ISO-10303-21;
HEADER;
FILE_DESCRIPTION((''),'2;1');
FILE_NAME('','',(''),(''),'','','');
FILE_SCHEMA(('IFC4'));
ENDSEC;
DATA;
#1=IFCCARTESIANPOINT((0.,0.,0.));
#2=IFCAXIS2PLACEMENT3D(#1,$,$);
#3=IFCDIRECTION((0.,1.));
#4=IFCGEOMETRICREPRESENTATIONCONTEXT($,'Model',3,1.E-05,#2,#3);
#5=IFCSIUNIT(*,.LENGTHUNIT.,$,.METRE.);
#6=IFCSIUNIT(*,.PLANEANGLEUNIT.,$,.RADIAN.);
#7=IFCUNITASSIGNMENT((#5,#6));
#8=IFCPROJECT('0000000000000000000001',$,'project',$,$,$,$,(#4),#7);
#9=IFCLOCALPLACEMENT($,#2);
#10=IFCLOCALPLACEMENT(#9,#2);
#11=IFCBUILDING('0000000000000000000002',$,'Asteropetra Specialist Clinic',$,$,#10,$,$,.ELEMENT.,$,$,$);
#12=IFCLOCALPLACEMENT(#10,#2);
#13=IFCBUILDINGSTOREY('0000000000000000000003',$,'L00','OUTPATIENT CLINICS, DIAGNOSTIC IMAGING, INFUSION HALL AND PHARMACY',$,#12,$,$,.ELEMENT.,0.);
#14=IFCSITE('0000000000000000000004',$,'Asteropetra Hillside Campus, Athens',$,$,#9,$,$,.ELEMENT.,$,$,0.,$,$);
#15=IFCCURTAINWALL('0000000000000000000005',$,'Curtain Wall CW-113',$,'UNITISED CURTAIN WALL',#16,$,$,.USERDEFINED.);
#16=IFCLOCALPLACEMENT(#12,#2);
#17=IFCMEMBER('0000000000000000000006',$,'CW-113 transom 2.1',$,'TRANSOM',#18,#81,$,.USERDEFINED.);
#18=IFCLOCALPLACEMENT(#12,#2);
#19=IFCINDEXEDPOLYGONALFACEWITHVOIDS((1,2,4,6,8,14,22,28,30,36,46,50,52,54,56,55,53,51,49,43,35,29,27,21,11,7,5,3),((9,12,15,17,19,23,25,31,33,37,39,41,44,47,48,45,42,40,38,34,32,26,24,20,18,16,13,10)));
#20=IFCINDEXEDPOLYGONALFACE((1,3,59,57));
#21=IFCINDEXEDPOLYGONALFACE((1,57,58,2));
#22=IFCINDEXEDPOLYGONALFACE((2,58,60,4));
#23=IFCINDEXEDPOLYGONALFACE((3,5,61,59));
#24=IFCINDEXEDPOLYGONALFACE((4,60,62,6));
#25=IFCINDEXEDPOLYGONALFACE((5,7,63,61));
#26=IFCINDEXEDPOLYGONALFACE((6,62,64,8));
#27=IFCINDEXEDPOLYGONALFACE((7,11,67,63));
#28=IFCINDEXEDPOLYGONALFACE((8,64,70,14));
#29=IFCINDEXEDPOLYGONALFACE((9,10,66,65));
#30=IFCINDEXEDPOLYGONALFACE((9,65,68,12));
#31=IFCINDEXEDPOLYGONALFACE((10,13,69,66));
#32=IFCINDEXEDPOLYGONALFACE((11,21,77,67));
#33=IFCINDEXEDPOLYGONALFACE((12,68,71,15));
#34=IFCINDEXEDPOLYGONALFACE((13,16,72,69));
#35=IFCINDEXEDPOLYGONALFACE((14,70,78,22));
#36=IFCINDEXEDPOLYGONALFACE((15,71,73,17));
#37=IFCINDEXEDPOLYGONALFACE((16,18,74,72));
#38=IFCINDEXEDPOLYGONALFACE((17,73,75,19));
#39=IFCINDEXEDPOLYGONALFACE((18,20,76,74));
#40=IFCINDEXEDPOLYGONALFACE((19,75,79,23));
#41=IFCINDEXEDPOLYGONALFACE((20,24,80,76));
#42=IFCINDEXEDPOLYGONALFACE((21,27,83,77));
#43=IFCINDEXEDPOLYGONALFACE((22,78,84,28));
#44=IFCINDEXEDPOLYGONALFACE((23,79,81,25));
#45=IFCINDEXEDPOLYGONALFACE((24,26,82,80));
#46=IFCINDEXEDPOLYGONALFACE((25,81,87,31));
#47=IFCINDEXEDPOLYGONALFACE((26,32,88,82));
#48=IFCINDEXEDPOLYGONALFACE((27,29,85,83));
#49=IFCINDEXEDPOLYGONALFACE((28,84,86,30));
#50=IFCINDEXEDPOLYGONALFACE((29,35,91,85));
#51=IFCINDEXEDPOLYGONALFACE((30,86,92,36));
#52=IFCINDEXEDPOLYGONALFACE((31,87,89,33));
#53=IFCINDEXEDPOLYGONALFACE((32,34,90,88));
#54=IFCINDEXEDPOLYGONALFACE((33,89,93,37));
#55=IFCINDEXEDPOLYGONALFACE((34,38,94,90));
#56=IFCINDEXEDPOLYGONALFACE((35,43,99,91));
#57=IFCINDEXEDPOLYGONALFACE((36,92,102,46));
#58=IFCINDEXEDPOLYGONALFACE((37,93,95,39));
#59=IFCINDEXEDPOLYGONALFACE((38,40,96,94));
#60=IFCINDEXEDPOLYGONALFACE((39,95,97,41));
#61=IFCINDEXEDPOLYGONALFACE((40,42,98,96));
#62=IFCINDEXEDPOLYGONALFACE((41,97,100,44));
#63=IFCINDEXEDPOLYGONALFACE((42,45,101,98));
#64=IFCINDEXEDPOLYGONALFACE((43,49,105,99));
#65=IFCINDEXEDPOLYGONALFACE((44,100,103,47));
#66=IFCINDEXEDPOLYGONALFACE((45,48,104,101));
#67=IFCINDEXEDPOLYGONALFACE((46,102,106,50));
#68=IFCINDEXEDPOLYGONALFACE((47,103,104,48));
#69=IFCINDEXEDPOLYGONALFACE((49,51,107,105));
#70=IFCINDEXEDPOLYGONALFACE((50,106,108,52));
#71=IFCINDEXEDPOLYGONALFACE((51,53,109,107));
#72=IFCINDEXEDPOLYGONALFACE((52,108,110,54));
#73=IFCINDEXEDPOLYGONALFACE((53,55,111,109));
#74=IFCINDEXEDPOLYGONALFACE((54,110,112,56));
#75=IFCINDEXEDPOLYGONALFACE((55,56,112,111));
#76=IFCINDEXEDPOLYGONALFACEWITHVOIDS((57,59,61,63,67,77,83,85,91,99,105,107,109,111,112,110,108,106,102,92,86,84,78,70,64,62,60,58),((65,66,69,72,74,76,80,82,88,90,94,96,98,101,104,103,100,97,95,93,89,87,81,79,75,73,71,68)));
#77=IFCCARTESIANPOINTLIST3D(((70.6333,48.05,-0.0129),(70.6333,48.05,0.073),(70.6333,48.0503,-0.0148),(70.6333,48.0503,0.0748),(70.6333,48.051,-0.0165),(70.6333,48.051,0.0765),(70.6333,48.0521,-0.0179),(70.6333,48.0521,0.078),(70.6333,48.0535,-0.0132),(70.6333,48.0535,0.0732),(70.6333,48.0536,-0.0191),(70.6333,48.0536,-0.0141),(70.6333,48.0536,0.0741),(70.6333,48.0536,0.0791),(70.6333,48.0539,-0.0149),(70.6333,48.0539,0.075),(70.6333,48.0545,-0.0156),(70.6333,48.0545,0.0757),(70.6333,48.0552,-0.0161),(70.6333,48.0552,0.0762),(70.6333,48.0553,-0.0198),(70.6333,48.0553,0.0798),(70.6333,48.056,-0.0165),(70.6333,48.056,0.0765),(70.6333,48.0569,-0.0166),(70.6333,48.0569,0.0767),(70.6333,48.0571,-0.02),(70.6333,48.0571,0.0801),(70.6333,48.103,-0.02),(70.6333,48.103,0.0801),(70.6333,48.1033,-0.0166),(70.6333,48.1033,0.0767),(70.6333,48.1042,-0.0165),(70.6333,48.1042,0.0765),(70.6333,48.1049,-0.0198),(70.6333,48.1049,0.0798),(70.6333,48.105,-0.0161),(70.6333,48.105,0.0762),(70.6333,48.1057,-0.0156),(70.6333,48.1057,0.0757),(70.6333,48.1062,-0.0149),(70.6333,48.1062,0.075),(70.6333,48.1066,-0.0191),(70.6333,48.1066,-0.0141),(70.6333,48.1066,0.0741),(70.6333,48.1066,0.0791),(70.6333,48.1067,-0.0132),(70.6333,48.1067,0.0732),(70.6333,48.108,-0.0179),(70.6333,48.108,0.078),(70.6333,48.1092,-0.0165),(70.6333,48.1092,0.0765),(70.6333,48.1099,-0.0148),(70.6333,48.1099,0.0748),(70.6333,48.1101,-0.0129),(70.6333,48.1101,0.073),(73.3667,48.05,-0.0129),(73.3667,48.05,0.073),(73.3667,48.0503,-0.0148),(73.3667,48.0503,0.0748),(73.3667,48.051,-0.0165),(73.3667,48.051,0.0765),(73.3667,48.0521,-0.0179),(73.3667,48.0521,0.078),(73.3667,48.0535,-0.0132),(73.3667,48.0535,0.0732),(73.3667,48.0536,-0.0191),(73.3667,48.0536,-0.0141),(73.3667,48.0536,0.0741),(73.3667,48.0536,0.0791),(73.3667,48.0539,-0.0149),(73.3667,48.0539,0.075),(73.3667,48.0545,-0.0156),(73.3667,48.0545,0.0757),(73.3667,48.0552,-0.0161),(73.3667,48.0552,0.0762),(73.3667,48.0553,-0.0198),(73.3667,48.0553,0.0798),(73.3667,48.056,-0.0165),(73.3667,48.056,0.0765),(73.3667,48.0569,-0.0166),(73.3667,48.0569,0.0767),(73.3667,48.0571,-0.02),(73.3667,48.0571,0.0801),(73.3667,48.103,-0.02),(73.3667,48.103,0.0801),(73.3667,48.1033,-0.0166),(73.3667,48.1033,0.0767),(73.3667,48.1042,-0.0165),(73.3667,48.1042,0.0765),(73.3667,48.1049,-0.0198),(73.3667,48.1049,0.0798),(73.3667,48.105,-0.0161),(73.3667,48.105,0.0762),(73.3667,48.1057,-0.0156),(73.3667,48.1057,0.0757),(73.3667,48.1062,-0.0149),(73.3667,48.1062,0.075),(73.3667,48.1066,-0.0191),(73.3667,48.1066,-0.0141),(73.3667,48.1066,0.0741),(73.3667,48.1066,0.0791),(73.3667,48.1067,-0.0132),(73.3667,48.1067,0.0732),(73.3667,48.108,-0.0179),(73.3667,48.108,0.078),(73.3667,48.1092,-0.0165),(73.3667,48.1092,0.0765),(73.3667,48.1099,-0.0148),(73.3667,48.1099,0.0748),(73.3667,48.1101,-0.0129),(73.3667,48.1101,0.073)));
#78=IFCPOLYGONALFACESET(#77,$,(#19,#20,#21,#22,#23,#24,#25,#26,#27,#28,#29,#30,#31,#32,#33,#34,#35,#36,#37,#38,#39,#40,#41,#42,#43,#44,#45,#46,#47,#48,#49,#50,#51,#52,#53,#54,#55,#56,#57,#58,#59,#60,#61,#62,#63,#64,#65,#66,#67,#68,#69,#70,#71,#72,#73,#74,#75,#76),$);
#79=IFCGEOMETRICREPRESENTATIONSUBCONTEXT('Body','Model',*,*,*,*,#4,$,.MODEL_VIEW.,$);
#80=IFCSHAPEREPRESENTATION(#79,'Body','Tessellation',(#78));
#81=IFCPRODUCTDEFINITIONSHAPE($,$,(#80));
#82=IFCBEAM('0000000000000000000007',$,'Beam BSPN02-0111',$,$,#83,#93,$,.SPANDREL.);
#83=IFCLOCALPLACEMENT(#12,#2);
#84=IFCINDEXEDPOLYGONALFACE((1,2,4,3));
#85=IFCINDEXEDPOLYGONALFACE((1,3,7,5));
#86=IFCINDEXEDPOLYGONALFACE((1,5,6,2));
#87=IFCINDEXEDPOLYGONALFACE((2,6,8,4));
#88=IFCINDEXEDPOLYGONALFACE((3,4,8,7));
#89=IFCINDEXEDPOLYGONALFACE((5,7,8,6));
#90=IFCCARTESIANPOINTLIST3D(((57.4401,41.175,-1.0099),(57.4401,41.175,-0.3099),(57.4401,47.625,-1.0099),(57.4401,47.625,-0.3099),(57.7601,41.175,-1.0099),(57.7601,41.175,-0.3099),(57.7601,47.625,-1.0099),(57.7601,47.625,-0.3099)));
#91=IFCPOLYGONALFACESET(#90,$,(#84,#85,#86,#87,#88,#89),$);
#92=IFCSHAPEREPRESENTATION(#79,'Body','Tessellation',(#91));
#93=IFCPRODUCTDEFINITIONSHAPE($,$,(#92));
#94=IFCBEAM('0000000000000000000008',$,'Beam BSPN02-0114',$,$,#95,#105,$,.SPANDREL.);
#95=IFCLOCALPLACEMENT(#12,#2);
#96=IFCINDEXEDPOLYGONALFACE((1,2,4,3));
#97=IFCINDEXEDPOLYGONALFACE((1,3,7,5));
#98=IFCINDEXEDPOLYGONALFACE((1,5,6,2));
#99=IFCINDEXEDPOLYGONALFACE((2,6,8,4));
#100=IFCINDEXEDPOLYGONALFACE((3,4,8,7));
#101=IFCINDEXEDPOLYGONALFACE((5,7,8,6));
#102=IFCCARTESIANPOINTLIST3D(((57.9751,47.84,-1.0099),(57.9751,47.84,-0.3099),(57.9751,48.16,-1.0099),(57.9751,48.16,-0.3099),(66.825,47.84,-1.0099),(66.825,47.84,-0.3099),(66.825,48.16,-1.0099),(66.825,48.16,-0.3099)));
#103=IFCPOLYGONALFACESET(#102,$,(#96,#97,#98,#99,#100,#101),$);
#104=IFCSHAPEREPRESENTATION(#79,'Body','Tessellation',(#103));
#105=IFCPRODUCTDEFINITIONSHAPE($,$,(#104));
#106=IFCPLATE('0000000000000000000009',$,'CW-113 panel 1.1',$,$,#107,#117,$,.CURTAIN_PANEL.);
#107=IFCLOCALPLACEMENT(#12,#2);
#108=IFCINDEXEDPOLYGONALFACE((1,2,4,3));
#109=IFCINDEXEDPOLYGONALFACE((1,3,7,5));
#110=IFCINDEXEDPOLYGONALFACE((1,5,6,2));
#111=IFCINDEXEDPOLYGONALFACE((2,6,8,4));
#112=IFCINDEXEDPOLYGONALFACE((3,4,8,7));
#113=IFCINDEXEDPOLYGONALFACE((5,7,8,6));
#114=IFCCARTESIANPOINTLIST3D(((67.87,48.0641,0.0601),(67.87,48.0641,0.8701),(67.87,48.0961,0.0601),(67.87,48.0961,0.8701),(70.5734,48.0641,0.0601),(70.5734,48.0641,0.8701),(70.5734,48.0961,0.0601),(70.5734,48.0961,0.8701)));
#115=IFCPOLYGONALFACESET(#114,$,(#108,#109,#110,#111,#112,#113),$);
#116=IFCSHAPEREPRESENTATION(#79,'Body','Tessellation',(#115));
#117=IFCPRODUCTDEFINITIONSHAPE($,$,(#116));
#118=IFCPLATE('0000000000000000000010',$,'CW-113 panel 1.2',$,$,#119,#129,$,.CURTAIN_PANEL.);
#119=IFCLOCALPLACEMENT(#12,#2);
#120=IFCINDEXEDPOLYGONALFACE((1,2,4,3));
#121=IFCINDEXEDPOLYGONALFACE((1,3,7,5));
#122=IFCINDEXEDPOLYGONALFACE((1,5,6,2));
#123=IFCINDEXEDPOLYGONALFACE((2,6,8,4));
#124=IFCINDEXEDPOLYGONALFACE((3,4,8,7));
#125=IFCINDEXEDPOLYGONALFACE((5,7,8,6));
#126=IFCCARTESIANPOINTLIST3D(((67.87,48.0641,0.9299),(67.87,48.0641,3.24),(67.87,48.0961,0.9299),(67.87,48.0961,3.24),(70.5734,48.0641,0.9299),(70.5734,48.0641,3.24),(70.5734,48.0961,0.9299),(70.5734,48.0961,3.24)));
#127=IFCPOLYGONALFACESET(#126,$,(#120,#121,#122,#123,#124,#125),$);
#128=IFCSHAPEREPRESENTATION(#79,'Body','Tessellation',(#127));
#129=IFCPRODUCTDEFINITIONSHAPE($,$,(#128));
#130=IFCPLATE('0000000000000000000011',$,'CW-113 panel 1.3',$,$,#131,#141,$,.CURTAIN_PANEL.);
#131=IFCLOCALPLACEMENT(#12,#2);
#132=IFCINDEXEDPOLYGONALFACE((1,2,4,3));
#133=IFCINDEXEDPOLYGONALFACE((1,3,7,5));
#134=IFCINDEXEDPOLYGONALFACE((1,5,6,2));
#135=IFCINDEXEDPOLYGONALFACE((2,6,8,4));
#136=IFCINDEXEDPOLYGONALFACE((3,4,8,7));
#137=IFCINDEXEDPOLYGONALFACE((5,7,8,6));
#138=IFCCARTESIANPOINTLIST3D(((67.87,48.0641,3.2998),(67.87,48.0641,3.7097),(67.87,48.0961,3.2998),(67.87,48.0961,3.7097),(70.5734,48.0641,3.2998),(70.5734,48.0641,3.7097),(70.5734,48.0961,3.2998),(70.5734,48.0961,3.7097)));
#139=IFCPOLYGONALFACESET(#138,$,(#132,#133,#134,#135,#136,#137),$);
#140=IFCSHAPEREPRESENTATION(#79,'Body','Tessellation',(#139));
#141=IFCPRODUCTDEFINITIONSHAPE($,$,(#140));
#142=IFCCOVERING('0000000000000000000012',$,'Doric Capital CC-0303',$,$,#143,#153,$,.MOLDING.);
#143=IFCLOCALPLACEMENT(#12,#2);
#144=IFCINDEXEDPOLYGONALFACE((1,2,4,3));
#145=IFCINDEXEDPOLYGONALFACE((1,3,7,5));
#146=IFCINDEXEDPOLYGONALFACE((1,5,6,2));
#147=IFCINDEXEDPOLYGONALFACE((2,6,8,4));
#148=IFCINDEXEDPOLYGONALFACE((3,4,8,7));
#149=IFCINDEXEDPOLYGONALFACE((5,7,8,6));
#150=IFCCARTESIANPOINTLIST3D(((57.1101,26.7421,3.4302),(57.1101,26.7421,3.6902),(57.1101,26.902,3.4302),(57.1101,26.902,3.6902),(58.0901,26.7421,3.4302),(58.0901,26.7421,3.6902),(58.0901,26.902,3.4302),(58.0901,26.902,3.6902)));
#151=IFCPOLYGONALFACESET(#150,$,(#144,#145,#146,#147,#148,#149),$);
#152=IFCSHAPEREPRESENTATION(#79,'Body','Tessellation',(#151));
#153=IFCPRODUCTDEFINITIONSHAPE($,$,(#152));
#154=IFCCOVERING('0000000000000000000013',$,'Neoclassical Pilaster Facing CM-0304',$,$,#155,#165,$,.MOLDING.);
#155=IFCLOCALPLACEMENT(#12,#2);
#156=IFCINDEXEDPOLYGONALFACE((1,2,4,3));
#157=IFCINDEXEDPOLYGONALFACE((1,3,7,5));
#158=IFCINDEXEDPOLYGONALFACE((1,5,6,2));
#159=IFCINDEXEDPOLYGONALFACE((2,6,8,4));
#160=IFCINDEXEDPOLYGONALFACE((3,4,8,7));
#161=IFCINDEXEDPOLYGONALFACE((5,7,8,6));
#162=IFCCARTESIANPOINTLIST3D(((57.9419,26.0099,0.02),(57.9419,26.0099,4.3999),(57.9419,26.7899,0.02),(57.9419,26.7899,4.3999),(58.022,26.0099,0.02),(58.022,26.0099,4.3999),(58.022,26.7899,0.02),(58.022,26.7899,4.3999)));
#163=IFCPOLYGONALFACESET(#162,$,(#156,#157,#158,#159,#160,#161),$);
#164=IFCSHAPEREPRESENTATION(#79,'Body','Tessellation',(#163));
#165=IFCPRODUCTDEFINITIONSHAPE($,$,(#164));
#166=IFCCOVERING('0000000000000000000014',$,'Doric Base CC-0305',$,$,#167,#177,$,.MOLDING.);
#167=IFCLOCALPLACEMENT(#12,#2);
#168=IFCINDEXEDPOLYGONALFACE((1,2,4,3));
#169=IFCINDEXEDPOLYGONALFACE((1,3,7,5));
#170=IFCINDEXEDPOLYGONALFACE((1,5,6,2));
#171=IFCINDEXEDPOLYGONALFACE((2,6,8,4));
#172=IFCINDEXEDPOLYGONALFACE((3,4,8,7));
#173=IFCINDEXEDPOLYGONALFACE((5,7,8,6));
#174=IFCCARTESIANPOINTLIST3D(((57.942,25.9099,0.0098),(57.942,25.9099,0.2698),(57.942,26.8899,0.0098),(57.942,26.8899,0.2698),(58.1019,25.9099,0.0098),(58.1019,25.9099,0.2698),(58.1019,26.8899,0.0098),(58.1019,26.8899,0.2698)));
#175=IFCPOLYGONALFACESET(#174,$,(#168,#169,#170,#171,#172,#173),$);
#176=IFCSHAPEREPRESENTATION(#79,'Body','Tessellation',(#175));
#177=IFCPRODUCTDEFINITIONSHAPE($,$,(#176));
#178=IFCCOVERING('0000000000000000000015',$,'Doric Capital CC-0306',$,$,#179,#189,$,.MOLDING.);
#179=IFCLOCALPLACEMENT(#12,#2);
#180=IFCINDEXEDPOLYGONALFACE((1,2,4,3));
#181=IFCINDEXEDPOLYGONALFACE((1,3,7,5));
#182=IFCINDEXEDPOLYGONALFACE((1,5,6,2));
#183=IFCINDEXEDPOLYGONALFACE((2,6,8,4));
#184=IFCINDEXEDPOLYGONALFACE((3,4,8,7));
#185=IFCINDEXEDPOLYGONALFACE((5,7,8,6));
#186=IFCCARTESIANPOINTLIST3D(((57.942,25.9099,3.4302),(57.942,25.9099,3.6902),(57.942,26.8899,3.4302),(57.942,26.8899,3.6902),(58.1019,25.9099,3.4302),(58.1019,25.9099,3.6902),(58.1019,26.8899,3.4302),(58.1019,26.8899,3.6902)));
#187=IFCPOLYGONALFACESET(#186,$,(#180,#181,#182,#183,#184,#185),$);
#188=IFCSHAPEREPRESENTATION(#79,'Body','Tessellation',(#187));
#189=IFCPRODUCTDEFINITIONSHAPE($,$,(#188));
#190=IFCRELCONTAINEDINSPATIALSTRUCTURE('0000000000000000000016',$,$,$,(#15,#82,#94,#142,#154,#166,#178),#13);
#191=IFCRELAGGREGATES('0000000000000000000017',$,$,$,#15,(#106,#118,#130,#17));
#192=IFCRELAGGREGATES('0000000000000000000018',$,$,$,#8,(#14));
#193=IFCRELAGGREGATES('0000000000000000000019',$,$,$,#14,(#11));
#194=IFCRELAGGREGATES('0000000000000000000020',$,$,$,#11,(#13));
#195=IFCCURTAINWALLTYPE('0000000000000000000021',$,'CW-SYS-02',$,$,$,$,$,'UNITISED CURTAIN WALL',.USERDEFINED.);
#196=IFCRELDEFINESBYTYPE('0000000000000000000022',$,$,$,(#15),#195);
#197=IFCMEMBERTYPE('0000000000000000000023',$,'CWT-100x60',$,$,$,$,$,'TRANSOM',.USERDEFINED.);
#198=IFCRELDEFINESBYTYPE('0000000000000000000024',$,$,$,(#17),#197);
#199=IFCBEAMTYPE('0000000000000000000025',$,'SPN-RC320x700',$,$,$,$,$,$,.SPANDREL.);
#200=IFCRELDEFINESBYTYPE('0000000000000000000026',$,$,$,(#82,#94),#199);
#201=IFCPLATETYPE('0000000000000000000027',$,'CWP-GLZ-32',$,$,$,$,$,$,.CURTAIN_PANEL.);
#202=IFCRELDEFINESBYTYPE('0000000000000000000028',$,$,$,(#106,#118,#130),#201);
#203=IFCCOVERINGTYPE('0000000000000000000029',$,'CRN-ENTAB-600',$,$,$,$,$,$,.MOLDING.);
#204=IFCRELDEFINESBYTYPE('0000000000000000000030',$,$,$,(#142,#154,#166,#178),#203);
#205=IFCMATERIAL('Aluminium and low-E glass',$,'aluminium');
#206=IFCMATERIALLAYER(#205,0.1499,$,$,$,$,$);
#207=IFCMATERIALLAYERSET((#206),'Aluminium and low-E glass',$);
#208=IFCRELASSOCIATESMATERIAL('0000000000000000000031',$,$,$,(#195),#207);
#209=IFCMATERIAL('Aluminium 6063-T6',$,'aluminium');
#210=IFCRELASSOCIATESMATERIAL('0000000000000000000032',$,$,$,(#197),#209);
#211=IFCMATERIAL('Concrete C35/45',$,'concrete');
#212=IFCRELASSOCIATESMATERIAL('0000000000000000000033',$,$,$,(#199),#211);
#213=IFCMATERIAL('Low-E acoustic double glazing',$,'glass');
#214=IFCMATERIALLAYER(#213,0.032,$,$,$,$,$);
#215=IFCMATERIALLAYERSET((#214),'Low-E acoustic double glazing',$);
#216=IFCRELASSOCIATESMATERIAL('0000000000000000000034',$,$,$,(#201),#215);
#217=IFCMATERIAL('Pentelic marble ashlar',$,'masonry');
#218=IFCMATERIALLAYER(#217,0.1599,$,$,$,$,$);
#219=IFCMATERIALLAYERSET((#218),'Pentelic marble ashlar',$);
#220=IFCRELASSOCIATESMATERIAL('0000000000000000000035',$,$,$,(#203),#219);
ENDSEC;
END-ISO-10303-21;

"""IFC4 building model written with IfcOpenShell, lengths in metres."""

from ifc_helpers import new_model, si_unit, direction, frame, origin, origin_2d, place, context, subcontext, project, spatial, rectangle, hollow_rectangle, extrude, material, layer, layer_set, material_profile, profile_set, type_object, element, aggregate, save


model = new_model("IFC4")

# Units and contexts
model_context = context("Model", 3, precision=1e-05, world=origin(), true_north=direction((0.0, 1.0)))
body_context = subcontext(model_context, "Body", "Model", "MODEL_VIEW")
ifc_project = project(units=[si_unit("LENGTHUNIT", "METRE"), si_unit("PLANEANGLEUNIT", "RADIAN")], contexts=[model_context])

# Site, building, storey
site_placement = place(None, origin())
site = spatial("IfcSite", under=ifc_project, at=site_placement, Name="Asteropetra Hillside Campus, Athens", CompositionType="ELEMENT", RefElevation=0.0)
building_placement = place(site_placement, origin())
building = spatial("IfcBuilding", under=site, at=building_placement, Name="Asteropetra Specialist Clinic", CompositionType="ELEMENT")
storey_placement = place(building_placement, origin())
storey = spatial("IfcBuildingStorey", under=building, at=storey_placement, Name="L00", Description="OUTPATIENT CLINICS, DIAGNOSTIC IMAGING, INFUSION HALL AND PHARMACY", CompositionType="ELEMENT", Elevation=0.0)

# Curtain wall, member
ifc_material_1 = material(Name="Aluminium and low-E glass", Category="aluminium")
ifc_layer_1 = layer(ifc_material_1, 0.1499)
ifc_layer_set_1 = layer_set([ifc_layer_1], Name="Aluminium and low-E glass")
curtain_wall_type = type_object("IfcCurtainWallType", Name="CW-SYS-02", ElementType="UNITISED CURTAIN WALL", PredefinedType="USERDEFINED", material=ifc_layer_set_1)
curtain_wall_placement = place(storey_placement, origin())
curtain_wall = element("IfcCurtainWall", 1, at=curtain_wall_placement, inside=storey, type_object=curtain_wall_type, Name="Curtain Wall CW-113", ObjectType="UNITISED CURTAIN WALL", PredefinedType="USERDEFINED")
ifc_material_2 = material(Name="Aluminium 6063-T6", Category="aluminium")
ifc_material_profile_1 = material_profile(ifc_material_2, hollow_rectangle(XDim=0.0601, YDim=0.1001, WallThickness=0.0034, InnerFilletRadius=0.0034, OuterFilletRadius=0.0071, at=origin_2d()), Name="TRN 100x60x3.5")
ifc_profile_set_1 = profile_set([ifc_material_profile_1], Name="Aluminium 6063-T6")
member_type_1 = type_object("IfcMemberType", Name="CWT-100x60", ElementType="TRANSOM", PredefinedType="USERDEFINED", material=ifc_profile_set_1)
member_1_placement = place(storey_placement, frame((70.6333, 48.0801, 0.03), z_axis=(1.0, 0.0, 0.0), x_axis=(0.0, 1.0, 0.0)))
member_1 = element("IfcMember", 2, at=member_1_placement, type_object=member_type_1, Name="CW-113 transom 2.1", ObjectType="TRANSOM", PredefinedType="USERDEFINED", context=body_context, shape_type="SweptSolid", body=[
    extrude(hollow_rectangle(XDim=0.0601, YDim=0.1001, WallThickness=0.0034, InnerFilletRadius=0.0034, OuterFilletRadius=0.0071, at=origin_2d()), origin(), (0.0, 0.0, 1.0), 2.7334),
])

# Beams
ifc_material_3 = material(Name="Concrete C35/45", Category="concrete")
ifc_material_profile_2 = material_profile(ifc_material_3, rectangle(XDim=0.3201, YDim=0.7, at=origin_2d()), Name="RCS 320x700")
ifc_profile_set_2 = profile_set([ifc_material_profile_2], Name="Concrete C35/45")
beam_type = type_object("IfcBeamType", Name="SPN-RC320x700", PredefinedType="SPANDREL", material=ifc_profile_set_2)
beam_1_placement = place(storey_placement, frame((57.6001, 41.175, -0.6599), z_axis=(0.0, 1.0, 0.0), x_axis=(-1.0, 0.0, 0.0)))
element("IfcBeam", 3, at=beam_1_placement, inside=storey, type_object=beam_type, Name="Beam BSPN02-0111", PredefinedType="SPANDREL", context=body_context, shape_type="SweptSolid", body=[
    extrude(rectangle(XDim=0.3201, YDim=0.7, at=origin_2d()), origin(), (0.0, 0.0, 1.0), 6.45),
])
beam_2_placement = place(storey_placement, frame((57.9751, 48.0, -0.6599), z_axis=(1.0, 0.0, 0.0), x_axis=(0.0, 1.0, 0.0)))
element("IfcBeam", 4, at=beam_2_placement, inside=storey, type_object=beam_type, Name="Beam BSPN02-0114", PredefinedType="SPANDREL", context=body_context, shape_type="SweptSolid", body=[
    extrude(rectangle(XDim=0.3201, YDim=0.7, at=origin_2d()), origin(), (0.0, 0.0, 1.0), 8.8499),
])

# Plates
ifc_material_4 = material(Name="Low-E acoustic double glazing", Category="glass")
ifc_layer_2 = layer(ifc_material_4, 0.032)
ifc_layer_set_2 = layer_set([ifc_layer_2], Name="Low-E acoustic double glazing")
plate_type = type_object("IfcPlateType", Name="CWP-GLZ-32", PredefinedType="CURTAIN_PANEL", material=ifc_layer_set_2)
plate_1_placement = place(storey_placement, frame((69.2217, 48.0801, 0.0601), z_axis=(0.0, 0.0, 1.0), x_axis=(1.0, 0.0, 0.0)))
plate_1 = element("IfcPlate", 5, at=plate_1_placement, type_object=plate_type, Name="CW-113 panel 1.1", PredefinedType="CURTAIN_PANEL", context=body_context, shape_type="SweptSolid", body=[
    extrude(rectangle(XDim=2.7034, YDim=0.032, at=origin_2d()), origin(), (0.0, 0.0, 1.0), 0.8101),
])
plate_2_placement = place(storey_placement, frame((69.2217, 48.0801, 0.9299), z_axis=(0.0, 0.0, 1.0), x_axis=(1.0, 0.0, 0.0)))
plate_2 = element("IfcPlate", 6, at=plate_2_placement, type_object=plate_type, Name="CW-113 panel 1.2", PredefinedType="CURTAIN_PANEL", context=body_context, shape_type="SweptSolid", body=[
    extrude(rectangle(XDim=2.7034, YDim=0.032, at=origin_2d()), origin(), (0.0, 0.0, 1.0), 2.3101),
])
plate_3_placement = place(storey_placement, frame((69.2217, 48.0801, 3.2998), z_axis=(0.0, 0.0, 1.0), x_axis=(1.0, 0.0, 0.0)))
plate_3 = element("IfcPlate", 7, at=plate_3_placement, type_object=plate_type, Name="CW-113 panel 1.3", PredefinedType="CURTAIN_PANEL", context=body_context, shape_type="SweptSolid", body=[
    extrude(rectangle(XDim=2.7034, YDim=0.032, at=origin_2d()), origin(), (0.0, 0.0, 1.0), 0.4099),
])
aggregate(curtain_wall, [plate_1, plate_2, plate_3, member_1])

# Coverings
ifc_material_5 = material(Name="Pentelic marble ashlar", Category="masonry")
ifc_layer_3 = layer(ifc_material_5, 0.1599)
ifc_layer_set_3 = layer_set([ifc_layer_3], Name="Pentelic marble ashlar")
covering_type = type_object("IfcCoveringType", Name="CRN-ENTAB-600", PredefinedType="MOLDING", material=ifc_layer_set_3)
covering_1_placement = place(storey_placement, frame((57.6001, 26.822, 3.4302), z_axis=(0.0, 0.0, 1.0), x_axis=(1.0, 0.0, 0.0)))
element("IfcCovering", 8, at=covering_1_placement, inside=storey, type_object=covering_type, Name="Doric Capital CC-0303", PredefinedType="MOLDING", context=body_context, shape_type="SweptSolid", body=[
    extrude(rectangle(XDim=0.98, YDim=0.1599, at=origin_2d()), origin(), (0.0, 0.0, 1.0), 0.26),
])
covering_2_placement = place(storey_placement, frame((57.9819, 26.3999, 0.02), z_axis=(0.0, 0.0, 1.0), x_axis=(1.0, 0.0, 0.0)))
element("IfcCovering", 9, at=covering_2_placement, inside=storey, type_object=covering_type, Name="Neoclassical Pilaster Facing CM-0304", PredefinedType="MOLDING", context=body_context, shape_type="SweptSolid", body=[
    extrude(rectangle(XDim=0.0801, YDim=0.78, at=origin_2d()), origin(), (0.0, 0.0, 1.0), 4.3799),
])
for number, where, z_axis, x_axis, name in (
    (10, (58.022, 26.3999, 0.0098), (0.0, 0.0, 1.0), (1.0, 0.0, 0.0), "Doric Base CC-0305"),
    (11, (58.022, 26.3999, 3.4302), (0.0, 0.0, 1.0), (1.0, 0.0, 0.0), "Doric Capital CC-0306"),
):
    element("IfcCovering", number, at=place(storey_placement, frame(where, z_axis=z_axis, x_axis=x_axis)), inside=storey, type_object=covering_type, Name=name, PredefinedType="MOLDING", context=body_context, shape_type="SweptSolid", body=[
        extrude(rectangle(XDim=0.1599, YDim=0.98, at=origin_2d()), origin(), (0.0, 0.0, 1.0), 0.26),
    ])

save(model, "model.ifc")
